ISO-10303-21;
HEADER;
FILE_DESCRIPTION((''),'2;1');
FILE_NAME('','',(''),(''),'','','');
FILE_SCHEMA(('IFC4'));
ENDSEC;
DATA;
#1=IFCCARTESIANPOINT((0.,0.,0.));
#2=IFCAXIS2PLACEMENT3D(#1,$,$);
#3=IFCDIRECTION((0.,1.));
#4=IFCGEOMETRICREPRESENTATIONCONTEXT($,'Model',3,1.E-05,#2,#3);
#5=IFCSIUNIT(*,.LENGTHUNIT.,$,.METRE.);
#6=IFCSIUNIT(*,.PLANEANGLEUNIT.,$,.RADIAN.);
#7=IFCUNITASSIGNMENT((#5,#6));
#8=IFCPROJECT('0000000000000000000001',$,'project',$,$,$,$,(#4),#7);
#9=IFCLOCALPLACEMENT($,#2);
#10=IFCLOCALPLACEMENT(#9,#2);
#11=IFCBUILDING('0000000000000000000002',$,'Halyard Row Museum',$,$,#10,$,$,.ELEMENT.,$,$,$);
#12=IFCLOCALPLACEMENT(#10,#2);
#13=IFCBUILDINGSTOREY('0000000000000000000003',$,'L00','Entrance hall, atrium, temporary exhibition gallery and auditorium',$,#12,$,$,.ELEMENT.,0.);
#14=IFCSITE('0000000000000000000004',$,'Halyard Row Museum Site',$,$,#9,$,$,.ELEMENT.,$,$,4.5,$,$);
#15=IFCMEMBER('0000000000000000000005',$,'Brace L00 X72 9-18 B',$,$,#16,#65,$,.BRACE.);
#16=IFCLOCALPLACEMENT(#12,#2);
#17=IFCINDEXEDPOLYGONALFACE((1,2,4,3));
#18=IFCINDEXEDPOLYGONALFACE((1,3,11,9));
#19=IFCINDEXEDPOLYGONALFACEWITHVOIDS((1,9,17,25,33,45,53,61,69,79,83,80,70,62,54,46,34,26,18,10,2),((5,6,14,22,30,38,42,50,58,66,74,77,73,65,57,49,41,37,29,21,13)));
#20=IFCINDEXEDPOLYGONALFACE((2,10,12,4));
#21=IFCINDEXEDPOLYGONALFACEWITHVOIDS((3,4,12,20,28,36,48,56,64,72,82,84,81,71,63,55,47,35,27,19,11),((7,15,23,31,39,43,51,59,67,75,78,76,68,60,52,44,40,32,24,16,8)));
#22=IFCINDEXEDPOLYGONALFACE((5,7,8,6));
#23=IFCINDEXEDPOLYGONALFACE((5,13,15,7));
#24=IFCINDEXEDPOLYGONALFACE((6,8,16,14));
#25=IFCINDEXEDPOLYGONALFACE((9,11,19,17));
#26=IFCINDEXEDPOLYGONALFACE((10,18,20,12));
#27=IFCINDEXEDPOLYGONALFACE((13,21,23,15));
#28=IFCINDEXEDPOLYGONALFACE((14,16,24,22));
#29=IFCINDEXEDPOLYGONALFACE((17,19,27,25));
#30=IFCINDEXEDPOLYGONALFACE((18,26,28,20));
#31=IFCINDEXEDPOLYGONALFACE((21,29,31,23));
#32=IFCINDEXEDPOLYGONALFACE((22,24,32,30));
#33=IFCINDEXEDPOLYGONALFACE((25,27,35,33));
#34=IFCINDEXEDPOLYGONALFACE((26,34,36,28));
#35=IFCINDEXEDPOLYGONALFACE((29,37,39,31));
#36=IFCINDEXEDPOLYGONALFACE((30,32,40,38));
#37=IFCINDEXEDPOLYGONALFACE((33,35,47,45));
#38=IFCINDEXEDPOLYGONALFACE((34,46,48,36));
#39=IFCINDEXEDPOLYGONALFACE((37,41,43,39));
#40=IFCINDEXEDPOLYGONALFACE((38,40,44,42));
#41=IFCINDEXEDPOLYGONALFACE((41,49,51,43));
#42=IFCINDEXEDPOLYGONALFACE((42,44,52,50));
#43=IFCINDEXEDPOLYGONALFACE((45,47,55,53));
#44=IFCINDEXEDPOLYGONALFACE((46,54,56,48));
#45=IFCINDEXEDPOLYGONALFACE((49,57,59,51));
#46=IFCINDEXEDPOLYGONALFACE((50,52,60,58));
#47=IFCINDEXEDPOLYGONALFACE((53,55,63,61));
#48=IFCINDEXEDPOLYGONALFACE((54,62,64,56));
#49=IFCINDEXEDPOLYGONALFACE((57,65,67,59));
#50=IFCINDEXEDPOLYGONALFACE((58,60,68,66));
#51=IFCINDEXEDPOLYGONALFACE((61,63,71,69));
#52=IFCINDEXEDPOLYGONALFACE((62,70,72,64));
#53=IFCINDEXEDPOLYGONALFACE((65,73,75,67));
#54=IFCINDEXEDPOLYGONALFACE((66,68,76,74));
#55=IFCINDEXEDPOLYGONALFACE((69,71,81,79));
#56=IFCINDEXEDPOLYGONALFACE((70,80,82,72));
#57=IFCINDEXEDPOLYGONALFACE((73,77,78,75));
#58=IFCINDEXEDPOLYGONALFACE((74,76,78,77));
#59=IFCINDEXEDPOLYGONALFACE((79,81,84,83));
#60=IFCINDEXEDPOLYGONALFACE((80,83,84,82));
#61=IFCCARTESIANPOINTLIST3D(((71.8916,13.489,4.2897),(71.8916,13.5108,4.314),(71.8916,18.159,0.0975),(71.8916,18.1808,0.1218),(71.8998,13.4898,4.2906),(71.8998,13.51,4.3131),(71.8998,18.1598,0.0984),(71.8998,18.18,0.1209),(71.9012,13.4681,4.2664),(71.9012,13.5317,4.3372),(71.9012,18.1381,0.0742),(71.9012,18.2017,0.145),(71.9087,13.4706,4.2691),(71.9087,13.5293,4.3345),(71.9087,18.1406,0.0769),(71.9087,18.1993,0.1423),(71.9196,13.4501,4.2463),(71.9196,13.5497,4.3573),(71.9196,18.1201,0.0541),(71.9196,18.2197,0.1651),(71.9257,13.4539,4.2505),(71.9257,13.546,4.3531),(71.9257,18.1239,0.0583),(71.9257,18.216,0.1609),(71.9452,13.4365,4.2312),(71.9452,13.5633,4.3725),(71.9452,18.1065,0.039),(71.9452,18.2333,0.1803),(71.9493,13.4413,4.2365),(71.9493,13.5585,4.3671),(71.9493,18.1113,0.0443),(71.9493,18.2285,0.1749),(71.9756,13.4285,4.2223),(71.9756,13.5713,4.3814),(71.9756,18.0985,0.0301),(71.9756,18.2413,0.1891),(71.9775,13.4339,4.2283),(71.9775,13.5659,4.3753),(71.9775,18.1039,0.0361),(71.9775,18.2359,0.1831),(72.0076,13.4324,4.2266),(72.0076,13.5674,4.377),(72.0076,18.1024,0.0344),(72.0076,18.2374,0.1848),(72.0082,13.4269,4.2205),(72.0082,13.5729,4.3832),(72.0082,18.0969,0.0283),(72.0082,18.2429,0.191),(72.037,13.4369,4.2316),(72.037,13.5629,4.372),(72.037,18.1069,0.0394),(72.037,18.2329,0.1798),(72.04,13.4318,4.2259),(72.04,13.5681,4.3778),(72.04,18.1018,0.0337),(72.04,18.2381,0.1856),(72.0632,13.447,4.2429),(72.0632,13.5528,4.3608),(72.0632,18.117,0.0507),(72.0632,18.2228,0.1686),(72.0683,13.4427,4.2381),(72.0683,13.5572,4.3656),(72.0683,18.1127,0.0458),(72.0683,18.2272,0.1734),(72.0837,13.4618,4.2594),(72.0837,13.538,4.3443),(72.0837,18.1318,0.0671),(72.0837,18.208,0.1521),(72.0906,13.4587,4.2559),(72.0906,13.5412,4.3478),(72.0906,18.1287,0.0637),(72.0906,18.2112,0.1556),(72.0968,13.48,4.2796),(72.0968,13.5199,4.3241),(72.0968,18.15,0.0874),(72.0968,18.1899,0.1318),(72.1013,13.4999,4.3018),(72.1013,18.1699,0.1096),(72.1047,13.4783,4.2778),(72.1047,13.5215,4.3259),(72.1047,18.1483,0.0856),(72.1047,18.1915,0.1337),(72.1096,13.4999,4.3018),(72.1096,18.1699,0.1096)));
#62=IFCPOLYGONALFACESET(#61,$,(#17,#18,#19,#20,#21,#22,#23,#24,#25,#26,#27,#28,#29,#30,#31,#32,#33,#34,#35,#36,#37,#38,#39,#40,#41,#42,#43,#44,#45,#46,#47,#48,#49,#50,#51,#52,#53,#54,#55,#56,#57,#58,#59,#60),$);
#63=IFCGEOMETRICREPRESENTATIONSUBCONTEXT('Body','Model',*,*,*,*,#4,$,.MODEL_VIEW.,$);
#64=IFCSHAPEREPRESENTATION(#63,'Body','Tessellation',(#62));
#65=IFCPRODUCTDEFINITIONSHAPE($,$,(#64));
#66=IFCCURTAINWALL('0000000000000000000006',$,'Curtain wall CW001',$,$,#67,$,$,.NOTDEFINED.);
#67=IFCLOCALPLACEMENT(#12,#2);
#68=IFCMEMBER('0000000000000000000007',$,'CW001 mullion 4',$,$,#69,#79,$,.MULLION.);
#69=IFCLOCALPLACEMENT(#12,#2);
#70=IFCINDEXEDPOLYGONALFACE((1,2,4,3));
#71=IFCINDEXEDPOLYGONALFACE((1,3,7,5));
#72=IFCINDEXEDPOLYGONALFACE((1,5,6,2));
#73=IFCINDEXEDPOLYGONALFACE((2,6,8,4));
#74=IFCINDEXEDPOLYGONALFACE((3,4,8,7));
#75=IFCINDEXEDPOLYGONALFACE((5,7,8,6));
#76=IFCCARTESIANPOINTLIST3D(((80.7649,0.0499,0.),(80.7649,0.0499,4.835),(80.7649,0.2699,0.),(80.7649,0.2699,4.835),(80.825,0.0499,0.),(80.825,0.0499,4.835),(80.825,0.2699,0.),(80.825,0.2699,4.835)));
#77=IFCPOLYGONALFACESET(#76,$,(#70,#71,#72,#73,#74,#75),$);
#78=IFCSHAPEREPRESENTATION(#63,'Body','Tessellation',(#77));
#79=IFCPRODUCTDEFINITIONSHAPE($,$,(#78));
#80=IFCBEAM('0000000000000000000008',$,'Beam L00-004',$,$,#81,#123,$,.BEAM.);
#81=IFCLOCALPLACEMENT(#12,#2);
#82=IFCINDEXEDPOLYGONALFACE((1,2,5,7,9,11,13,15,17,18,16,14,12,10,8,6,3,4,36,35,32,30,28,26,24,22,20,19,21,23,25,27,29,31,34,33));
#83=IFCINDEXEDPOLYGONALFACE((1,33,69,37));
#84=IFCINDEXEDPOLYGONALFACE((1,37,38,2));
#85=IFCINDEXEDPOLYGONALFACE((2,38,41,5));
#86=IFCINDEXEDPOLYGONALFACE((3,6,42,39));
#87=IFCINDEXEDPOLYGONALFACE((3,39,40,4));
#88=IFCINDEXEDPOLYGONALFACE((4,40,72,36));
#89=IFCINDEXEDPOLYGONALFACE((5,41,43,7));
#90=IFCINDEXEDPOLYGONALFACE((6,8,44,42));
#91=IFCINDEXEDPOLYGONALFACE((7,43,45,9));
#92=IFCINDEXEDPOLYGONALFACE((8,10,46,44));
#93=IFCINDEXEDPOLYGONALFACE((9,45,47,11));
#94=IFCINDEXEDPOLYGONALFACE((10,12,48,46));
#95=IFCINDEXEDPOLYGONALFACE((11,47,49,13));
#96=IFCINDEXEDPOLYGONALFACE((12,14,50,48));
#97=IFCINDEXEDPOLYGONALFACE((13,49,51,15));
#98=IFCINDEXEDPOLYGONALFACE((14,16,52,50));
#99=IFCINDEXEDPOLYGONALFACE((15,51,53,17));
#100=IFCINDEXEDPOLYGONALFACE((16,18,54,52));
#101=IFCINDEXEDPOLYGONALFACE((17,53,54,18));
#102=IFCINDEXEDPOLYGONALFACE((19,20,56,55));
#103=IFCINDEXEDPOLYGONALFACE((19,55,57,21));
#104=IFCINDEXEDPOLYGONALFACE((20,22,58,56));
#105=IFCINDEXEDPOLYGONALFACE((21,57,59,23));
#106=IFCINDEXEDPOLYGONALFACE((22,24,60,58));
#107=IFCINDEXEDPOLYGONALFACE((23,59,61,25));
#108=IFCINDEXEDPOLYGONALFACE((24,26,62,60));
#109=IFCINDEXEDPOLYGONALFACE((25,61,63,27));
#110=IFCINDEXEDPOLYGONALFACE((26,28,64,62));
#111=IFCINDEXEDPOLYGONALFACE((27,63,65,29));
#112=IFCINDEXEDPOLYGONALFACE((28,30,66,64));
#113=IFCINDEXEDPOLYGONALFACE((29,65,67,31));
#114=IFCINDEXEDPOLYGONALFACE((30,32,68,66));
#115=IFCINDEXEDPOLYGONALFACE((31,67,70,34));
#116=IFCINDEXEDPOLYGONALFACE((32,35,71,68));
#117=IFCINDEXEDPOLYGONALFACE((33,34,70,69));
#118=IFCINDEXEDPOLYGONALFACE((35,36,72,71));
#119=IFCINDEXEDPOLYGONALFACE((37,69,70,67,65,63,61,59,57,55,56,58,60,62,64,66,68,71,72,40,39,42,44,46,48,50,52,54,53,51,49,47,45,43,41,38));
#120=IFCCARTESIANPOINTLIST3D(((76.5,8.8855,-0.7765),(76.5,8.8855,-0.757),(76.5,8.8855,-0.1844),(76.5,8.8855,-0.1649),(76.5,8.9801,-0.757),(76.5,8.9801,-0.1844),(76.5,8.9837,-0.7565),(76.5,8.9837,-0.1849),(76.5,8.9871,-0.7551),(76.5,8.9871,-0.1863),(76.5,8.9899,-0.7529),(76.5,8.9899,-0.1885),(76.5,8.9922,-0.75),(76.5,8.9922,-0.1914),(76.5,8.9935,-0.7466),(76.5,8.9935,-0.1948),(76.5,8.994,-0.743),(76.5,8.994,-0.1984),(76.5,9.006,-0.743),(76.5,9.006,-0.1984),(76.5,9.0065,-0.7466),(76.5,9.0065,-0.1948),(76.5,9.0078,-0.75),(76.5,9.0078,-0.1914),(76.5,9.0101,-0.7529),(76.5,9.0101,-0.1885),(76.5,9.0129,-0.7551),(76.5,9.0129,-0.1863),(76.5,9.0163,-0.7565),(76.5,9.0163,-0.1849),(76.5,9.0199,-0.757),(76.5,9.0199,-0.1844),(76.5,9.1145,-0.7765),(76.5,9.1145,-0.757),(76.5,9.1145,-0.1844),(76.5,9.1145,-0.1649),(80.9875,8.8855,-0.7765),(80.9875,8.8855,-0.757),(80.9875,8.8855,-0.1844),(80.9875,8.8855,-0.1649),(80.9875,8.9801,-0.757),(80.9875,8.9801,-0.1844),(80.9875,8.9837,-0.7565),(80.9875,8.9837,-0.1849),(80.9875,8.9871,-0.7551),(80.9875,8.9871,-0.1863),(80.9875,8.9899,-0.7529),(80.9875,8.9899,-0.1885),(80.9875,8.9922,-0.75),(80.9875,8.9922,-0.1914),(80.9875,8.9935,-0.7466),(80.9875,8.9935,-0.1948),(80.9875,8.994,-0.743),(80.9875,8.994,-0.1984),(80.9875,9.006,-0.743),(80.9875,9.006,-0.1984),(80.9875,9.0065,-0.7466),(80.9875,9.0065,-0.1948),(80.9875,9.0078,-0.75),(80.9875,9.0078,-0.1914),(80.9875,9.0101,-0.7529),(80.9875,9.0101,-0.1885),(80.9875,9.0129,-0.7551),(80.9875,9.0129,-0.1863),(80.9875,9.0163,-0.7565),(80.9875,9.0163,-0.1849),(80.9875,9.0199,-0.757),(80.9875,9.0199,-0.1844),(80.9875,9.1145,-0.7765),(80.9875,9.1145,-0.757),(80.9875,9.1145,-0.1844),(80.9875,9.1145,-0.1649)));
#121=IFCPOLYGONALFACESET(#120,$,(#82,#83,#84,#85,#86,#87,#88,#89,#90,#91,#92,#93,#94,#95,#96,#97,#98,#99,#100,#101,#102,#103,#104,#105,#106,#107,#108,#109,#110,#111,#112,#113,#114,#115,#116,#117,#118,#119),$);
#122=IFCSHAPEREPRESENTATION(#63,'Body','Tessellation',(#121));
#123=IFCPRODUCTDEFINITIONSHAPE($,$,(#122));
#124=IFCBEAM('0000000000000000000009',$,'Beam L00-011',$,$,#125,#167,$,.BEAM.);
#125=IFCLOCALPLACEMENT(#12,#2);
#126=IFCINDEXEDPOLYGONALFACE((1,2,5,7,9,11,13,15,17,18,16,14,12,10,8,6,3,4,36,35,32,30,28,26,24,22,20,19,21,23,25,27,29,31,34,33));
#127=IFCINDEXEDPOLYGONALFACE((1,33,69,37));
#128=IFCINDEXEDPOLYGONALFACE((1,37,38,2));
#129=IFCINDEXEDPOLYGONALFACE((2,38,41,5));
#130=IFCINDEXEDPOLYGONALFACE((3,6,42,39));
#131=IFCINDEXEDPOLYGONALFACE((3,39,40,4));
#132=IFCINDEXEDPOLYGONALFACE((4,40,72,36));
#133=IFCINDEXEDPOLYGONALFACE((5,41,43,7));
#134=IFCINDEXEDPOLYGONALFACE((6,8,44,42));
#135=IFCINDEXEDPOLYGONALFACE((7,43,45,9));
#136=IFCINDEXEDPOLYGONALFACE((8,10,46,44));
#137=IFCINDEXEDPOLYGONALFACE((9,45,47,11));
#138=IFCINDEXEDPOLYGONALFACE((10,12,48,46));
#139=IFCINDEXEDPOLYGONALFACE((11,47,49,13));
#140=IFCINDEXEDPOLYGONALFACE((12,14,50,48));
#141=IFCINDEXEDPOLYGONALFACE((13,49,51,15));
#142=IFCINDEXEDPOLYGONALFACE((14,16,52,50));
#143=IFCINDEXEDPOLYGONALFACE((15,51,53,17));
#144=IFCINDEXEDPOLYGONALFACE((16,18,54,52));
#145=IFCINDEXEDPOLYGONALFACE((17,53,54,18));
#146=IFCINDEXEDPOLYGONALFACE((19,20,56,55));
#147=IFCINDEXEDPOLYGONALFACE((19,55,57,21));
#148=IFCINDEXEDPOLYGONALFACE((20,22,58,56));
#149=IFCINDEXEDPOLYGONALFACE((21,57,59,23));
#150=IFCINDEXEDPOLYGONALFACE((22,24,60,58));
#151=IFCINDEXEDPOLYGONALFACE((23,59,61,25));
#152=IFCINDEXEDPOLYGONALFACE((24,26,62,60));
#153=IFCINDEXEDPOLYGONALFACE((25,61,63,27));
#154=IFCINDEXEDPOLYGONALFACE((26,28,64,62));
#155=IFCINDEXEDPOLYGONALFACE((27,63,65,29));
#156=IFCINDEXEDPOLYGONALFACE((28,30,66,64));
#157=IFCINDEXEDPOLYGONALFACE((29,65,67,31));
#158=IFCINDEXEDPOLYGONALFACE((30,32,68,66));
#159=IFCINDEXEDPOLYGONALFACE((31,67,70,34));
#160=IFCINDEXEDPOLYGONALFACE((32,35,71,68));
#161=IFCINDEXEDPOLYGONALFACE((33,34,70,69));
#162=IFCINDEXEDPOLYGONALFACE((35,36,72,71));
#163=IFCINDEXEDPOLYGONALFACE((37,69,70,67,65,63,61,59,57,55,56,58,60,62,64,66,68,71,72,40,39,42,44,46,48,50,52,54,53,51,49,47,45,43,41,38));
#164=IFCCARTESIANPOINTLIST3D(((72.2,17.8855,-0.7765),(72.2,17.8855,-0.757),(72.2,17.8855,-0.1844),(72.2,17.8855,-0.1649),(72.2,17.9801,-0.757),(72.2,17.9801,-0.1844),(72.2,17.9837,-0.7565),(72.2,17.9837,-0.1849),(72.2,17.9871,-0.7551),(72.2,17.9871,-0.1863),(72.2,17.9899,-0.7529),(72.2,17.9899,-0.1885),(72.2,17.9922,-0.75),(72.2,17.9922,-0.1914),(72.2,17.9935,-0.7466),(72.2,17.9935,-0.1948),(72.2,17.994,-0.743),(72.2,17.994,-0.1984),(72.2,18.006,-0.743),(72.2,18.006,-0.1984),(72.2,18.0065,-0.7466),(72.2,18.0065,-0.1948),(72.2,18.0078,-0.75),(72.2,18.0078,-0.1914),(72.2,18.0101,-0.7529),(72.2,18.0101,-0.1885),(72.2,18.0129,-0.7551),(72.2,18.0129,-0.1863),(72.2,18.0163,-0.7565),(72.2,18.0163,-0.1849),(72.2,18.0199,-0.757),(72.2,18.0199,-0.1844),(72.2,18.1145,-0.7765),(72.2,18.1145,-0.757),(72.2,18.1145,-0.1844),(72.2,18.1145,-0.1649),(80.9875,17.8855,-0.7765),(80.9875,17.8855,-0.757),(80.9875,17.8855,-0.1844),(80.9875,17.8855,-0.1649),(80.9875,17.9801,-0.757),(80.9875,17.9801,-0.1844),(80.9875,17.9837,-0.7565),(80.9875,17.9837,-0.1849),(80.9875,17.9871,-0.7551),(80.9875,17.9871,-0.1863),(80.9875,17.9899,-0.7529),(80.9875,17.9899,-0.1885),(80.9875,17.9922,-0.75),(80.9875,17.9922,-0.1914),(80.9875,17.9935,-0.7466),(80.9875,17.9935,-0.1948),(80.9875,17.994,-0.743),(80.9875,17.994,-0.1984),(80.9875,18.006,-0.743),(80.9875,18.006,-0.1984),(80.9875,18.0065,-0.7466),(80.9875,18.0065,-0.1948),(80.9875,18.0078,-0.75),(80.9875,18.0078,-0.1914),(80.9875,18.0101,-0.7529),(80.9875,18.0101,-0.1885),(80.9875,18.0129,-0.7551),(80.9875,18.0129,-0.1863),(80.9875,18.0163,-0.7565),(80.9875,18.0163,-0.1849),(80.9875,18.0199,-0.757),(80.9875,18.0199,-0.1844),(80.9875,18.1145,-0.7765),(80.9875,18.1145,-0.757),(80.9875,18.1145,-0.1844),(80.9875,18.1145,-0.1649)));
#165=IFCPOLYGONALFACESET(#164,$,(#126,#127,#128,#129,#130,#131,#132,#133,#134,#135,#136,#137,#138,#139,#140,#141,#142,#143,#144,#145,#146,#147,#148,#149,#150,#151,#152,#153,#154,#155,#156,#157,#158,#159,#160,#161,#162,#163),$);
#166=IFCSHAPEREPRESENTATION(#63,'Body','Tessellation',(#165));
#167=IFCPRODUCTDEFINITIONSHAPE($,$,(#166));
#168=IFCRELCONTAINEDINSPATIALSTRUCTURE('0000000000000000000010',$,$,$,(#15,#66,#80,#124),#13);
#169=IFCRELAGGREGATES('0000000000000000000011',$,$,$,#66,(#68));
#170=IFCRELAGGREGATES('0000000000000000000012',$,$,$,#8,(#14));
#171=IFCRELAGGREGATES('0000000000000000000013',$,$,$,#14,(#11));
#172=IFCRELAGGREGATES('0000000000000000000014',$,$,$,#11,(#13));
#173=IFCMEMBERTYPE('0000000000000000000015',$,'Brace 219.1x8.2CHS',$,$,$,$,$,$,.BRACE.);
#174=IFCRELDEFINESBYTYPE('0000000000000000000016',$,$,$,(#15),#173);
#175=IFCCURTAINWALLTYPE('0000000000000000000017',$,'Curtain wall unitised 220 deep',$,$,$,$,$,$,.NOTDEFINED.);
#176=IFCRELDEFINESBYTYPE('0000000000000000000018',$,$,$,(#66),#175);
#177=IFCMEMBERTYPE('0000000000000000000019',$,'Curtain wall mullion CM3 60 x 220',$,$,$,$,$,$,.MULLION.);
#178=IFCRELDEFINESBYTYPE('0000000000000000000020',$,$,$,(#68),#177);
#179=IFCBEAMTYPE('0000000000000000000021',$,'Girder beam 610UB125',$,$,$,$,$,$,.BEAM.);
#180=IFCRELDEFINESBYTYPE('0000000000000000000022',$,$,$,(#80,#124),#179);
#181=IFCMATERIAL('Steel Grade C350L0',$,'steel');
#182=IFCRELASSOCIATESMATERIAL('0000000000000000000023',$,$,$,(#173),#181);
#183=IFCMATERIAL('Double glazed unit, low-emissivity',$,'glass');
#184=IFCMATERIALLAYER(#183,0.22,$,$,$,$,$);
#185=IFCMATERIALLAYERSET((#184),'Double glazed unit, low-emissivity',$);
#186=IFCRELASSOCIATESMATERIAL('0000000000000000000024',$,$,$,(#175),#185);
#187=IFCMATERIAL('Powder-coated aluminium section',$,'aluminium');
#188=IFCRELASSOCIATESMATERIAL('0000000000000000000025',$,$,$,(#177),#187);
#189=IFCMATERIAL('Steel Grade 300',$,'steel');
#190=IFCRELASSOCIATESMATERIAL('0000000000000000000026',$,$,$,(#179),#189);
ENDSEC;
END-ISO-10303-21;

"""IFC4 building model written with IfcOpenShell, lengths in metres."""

from ifc_helpers import new_model, si_unit, direction, frame, origin, origin_2d, place, context, subcontext, project, spatial, rectangle, hollow_circle, i_section, extrude, material, layer, layer_set, material_profile, profile_set, type_object, element, aggregate, save


model = new_model("IFC4")

# Units and contexts
model_context = context("Model", 3, precision=1e-05, world=origin(), true_north=direction((0.0, 1.0)))
body_context = subcontext(model_context, "Body", "Model", "MODEL_VIEW")
ifc_project = project(units=[si_unit("LENGTHUNIT", "METRE"), si_unit("PLANEANGLEUNIT", "RADIAN")], contexts=[model_context])

# Site, building, storey
site_placement = place(None, origin())
site = spatial("IfcSite", under=ifc_project, at=site_placement, Name="Halyard Row Museum Site", CompositionType="ELEMENT", RefElevation=4.5)
building_placement = place(site_placement, origin())
building = spatial("IfcBuilding", under=site, at=building_placement, Name="Halyard Row Museum", CompositionType="ELEMENT")
storey_placement = place(building_placement, origin())
storey = spatial("IfcBuildingStorey", under=building, at=storey_placement, Name="L00", Description="Entrance hall, atrium, temporary exhibition gallery and auditorium", CompositionType="ELEMENT", Elevation=0.0)

# Member
ifc_material_1 = material(Name="Steel Grade C350L0", Category="steel")
ifc_material_profile_1 = material_profile(ifc_material_1, hollow_circle(Radius=0.1096, WallThickness=0.0083, at=origin_2d()), Name="219.1x8.2CHS")
ifc_profile_set_1 = profile_set([ifc_material_profile_1], Name="Steel Grade C350L0")
member_type_1 = type_object("IfcMemberType", Name="Brace 219.1x8.2CHS", PredefinedType="BRACE", material=ifc_profile_set_1)
member_1_placement = place(storey_placement, frame((72.0, 18.1699, 0.1096), z_axis=(0.0, -0.744149, 0.668014), x_axis=(1.0, 0.0, 0.0)))
element("IfcMember", 1, at=member_1_placement, inside=storey, type_object=member_type_1, Name="Brace L00 X72 9-18 B", PredefinedType="BRACE", context=body_context, shape_type="SweptSolid", body=[
    extrude(hollow_circle(Radius=0.1096, WallThickness=0.0083, at=origin_2d()), origin(), (0.0, 0.0, 1.0), 6.2756),
])

# Curtain wall, member
ifc_material_2 = material(Name="Double glazed unit, low-emissivity", Category="glass")
ifc_layer_1 = layer(ifc_material_2, 0.22)
ifc_layer_set_1 = layer_set([ifc_layer_1], Name="Double glazed unit, low-emissivity")
curtain_wall_type = type_object("IfcCurtainWallType", Name="Curtain wall unitised 220 deep", PredefinedType="NOTDEFINED", material=ifc_layer_set_1)
curtain_wall_placement = place(storey_placement, origin())
curtain_wall = element("IfcCurtainWall", 2, at=curtain_wall_placement, inside=storey, type_object=curtain_wall_type, Name="Curtain wall CW001", PredefinedType="NOTDEFINED")
ifc_material_3 = material(Name="Powder-coated aluminium section", Category="aluminium")
ifc_material_profile_2 = material_profile(ifc_material_3, rectangle(XDim=0.22, YDim=0.0601, at=origin_2d()), Name="220x60 mullion")
ifc_profile_set_2 = profile_set([ifc_material_profile_2], Name="Powder-coated aluminium section")
member_type_2 = type_object("IfcMemberType", Name="Curtain wall mullion CM3 60 x 220", PredefinedType="MULLION", material=ifc_profile_set_2)
member_2_placement = place(storey_placement, frame((80.7949, 0.1599, 0.0), z_axis=(0.0, 0.0, 1.0), x_axis=(0.0, 1.0, 0.0)))
member_2 = element("IfcMember", 3, at=member_2_placement, type_object=member_type_2, Name="CW001 mullion 4", PredefinedType="MULLION", context=body_context, shape_type="SweptSolid", body=[
    extrude(rectangle(XDim=0.22, YDim=0.0601, at=origin_2d()), origin(), (0.0, 0.0, 1.0), 4.835),
])

# Beams
ifc_material_4 = material(Name="Steel Grade 300", Category="steel")
ifc_material_profile_3 = material_profile(ifc_material_4, i_section(OverallWidth=0.229, OverallDepth=0.6116, WebThickness=0.012, FlangeThickness=0.0195, FilletRadius=0.0139, at=origin_2d()), Name="610UB125")
ifc_profile_set_3 = profile_set([ifc_material_profile_3], Name="Steel Grade 300")
beam_type_1 = type_object("IfcBeamType", Name="Girder beam 610UB125", PredefinedType="BEAM", material=ifc_profile_set_3)
beam_1_placement = place(storey_placement, frame((76.5, 9.0, -0.4707), z_axis=(1.0, 0.0, 0.0), x_axis=(0.0, 1.0, 0.0)))
element("IfcBeam", 4, at=beam_1_placement, inside=storey, type_object=beam_type_1, Name="Beam L00-004", PredefinedType="BEAM", context=body_context, shape_type="SweptSolid", body=[
    extrude(i_section(OverallWidth=0.229, OverallDepth=0.6116, WebThickness=0.012, FlangeThickness=0.0195, FilletRadius=0.0139, at=origin_2d()), origin(), (0.0, 0.0, 1.0), 4.4875),
])
beam_2_placement = place(storey_placement, frame((72.2, 18.0, -0.4707), z_axis=(1.0, 0.0, 0.0), x_axis=(0.0, 1.0, 0.0)))
element("IfcBeam", 5, at=beam_2_placement, inside=storey, type_object=beam_type_1, Name="Beam L00-011", PredefinedType="BEAM", context=body_context, shape_type="SweptSolid", body=[
    extrude(i_section(OverallWidth=0.229, OverallDepth=0.6116, WebThickness=0.012, FlangeThickness=0.0195, FilletRadius=0.0139, at=origin_2d()), origin(), (0.0, 0.0, 1.0), 8.7876),
])

aggregate(curtain_wall, [member_2])

save(model, "model.ifc")
